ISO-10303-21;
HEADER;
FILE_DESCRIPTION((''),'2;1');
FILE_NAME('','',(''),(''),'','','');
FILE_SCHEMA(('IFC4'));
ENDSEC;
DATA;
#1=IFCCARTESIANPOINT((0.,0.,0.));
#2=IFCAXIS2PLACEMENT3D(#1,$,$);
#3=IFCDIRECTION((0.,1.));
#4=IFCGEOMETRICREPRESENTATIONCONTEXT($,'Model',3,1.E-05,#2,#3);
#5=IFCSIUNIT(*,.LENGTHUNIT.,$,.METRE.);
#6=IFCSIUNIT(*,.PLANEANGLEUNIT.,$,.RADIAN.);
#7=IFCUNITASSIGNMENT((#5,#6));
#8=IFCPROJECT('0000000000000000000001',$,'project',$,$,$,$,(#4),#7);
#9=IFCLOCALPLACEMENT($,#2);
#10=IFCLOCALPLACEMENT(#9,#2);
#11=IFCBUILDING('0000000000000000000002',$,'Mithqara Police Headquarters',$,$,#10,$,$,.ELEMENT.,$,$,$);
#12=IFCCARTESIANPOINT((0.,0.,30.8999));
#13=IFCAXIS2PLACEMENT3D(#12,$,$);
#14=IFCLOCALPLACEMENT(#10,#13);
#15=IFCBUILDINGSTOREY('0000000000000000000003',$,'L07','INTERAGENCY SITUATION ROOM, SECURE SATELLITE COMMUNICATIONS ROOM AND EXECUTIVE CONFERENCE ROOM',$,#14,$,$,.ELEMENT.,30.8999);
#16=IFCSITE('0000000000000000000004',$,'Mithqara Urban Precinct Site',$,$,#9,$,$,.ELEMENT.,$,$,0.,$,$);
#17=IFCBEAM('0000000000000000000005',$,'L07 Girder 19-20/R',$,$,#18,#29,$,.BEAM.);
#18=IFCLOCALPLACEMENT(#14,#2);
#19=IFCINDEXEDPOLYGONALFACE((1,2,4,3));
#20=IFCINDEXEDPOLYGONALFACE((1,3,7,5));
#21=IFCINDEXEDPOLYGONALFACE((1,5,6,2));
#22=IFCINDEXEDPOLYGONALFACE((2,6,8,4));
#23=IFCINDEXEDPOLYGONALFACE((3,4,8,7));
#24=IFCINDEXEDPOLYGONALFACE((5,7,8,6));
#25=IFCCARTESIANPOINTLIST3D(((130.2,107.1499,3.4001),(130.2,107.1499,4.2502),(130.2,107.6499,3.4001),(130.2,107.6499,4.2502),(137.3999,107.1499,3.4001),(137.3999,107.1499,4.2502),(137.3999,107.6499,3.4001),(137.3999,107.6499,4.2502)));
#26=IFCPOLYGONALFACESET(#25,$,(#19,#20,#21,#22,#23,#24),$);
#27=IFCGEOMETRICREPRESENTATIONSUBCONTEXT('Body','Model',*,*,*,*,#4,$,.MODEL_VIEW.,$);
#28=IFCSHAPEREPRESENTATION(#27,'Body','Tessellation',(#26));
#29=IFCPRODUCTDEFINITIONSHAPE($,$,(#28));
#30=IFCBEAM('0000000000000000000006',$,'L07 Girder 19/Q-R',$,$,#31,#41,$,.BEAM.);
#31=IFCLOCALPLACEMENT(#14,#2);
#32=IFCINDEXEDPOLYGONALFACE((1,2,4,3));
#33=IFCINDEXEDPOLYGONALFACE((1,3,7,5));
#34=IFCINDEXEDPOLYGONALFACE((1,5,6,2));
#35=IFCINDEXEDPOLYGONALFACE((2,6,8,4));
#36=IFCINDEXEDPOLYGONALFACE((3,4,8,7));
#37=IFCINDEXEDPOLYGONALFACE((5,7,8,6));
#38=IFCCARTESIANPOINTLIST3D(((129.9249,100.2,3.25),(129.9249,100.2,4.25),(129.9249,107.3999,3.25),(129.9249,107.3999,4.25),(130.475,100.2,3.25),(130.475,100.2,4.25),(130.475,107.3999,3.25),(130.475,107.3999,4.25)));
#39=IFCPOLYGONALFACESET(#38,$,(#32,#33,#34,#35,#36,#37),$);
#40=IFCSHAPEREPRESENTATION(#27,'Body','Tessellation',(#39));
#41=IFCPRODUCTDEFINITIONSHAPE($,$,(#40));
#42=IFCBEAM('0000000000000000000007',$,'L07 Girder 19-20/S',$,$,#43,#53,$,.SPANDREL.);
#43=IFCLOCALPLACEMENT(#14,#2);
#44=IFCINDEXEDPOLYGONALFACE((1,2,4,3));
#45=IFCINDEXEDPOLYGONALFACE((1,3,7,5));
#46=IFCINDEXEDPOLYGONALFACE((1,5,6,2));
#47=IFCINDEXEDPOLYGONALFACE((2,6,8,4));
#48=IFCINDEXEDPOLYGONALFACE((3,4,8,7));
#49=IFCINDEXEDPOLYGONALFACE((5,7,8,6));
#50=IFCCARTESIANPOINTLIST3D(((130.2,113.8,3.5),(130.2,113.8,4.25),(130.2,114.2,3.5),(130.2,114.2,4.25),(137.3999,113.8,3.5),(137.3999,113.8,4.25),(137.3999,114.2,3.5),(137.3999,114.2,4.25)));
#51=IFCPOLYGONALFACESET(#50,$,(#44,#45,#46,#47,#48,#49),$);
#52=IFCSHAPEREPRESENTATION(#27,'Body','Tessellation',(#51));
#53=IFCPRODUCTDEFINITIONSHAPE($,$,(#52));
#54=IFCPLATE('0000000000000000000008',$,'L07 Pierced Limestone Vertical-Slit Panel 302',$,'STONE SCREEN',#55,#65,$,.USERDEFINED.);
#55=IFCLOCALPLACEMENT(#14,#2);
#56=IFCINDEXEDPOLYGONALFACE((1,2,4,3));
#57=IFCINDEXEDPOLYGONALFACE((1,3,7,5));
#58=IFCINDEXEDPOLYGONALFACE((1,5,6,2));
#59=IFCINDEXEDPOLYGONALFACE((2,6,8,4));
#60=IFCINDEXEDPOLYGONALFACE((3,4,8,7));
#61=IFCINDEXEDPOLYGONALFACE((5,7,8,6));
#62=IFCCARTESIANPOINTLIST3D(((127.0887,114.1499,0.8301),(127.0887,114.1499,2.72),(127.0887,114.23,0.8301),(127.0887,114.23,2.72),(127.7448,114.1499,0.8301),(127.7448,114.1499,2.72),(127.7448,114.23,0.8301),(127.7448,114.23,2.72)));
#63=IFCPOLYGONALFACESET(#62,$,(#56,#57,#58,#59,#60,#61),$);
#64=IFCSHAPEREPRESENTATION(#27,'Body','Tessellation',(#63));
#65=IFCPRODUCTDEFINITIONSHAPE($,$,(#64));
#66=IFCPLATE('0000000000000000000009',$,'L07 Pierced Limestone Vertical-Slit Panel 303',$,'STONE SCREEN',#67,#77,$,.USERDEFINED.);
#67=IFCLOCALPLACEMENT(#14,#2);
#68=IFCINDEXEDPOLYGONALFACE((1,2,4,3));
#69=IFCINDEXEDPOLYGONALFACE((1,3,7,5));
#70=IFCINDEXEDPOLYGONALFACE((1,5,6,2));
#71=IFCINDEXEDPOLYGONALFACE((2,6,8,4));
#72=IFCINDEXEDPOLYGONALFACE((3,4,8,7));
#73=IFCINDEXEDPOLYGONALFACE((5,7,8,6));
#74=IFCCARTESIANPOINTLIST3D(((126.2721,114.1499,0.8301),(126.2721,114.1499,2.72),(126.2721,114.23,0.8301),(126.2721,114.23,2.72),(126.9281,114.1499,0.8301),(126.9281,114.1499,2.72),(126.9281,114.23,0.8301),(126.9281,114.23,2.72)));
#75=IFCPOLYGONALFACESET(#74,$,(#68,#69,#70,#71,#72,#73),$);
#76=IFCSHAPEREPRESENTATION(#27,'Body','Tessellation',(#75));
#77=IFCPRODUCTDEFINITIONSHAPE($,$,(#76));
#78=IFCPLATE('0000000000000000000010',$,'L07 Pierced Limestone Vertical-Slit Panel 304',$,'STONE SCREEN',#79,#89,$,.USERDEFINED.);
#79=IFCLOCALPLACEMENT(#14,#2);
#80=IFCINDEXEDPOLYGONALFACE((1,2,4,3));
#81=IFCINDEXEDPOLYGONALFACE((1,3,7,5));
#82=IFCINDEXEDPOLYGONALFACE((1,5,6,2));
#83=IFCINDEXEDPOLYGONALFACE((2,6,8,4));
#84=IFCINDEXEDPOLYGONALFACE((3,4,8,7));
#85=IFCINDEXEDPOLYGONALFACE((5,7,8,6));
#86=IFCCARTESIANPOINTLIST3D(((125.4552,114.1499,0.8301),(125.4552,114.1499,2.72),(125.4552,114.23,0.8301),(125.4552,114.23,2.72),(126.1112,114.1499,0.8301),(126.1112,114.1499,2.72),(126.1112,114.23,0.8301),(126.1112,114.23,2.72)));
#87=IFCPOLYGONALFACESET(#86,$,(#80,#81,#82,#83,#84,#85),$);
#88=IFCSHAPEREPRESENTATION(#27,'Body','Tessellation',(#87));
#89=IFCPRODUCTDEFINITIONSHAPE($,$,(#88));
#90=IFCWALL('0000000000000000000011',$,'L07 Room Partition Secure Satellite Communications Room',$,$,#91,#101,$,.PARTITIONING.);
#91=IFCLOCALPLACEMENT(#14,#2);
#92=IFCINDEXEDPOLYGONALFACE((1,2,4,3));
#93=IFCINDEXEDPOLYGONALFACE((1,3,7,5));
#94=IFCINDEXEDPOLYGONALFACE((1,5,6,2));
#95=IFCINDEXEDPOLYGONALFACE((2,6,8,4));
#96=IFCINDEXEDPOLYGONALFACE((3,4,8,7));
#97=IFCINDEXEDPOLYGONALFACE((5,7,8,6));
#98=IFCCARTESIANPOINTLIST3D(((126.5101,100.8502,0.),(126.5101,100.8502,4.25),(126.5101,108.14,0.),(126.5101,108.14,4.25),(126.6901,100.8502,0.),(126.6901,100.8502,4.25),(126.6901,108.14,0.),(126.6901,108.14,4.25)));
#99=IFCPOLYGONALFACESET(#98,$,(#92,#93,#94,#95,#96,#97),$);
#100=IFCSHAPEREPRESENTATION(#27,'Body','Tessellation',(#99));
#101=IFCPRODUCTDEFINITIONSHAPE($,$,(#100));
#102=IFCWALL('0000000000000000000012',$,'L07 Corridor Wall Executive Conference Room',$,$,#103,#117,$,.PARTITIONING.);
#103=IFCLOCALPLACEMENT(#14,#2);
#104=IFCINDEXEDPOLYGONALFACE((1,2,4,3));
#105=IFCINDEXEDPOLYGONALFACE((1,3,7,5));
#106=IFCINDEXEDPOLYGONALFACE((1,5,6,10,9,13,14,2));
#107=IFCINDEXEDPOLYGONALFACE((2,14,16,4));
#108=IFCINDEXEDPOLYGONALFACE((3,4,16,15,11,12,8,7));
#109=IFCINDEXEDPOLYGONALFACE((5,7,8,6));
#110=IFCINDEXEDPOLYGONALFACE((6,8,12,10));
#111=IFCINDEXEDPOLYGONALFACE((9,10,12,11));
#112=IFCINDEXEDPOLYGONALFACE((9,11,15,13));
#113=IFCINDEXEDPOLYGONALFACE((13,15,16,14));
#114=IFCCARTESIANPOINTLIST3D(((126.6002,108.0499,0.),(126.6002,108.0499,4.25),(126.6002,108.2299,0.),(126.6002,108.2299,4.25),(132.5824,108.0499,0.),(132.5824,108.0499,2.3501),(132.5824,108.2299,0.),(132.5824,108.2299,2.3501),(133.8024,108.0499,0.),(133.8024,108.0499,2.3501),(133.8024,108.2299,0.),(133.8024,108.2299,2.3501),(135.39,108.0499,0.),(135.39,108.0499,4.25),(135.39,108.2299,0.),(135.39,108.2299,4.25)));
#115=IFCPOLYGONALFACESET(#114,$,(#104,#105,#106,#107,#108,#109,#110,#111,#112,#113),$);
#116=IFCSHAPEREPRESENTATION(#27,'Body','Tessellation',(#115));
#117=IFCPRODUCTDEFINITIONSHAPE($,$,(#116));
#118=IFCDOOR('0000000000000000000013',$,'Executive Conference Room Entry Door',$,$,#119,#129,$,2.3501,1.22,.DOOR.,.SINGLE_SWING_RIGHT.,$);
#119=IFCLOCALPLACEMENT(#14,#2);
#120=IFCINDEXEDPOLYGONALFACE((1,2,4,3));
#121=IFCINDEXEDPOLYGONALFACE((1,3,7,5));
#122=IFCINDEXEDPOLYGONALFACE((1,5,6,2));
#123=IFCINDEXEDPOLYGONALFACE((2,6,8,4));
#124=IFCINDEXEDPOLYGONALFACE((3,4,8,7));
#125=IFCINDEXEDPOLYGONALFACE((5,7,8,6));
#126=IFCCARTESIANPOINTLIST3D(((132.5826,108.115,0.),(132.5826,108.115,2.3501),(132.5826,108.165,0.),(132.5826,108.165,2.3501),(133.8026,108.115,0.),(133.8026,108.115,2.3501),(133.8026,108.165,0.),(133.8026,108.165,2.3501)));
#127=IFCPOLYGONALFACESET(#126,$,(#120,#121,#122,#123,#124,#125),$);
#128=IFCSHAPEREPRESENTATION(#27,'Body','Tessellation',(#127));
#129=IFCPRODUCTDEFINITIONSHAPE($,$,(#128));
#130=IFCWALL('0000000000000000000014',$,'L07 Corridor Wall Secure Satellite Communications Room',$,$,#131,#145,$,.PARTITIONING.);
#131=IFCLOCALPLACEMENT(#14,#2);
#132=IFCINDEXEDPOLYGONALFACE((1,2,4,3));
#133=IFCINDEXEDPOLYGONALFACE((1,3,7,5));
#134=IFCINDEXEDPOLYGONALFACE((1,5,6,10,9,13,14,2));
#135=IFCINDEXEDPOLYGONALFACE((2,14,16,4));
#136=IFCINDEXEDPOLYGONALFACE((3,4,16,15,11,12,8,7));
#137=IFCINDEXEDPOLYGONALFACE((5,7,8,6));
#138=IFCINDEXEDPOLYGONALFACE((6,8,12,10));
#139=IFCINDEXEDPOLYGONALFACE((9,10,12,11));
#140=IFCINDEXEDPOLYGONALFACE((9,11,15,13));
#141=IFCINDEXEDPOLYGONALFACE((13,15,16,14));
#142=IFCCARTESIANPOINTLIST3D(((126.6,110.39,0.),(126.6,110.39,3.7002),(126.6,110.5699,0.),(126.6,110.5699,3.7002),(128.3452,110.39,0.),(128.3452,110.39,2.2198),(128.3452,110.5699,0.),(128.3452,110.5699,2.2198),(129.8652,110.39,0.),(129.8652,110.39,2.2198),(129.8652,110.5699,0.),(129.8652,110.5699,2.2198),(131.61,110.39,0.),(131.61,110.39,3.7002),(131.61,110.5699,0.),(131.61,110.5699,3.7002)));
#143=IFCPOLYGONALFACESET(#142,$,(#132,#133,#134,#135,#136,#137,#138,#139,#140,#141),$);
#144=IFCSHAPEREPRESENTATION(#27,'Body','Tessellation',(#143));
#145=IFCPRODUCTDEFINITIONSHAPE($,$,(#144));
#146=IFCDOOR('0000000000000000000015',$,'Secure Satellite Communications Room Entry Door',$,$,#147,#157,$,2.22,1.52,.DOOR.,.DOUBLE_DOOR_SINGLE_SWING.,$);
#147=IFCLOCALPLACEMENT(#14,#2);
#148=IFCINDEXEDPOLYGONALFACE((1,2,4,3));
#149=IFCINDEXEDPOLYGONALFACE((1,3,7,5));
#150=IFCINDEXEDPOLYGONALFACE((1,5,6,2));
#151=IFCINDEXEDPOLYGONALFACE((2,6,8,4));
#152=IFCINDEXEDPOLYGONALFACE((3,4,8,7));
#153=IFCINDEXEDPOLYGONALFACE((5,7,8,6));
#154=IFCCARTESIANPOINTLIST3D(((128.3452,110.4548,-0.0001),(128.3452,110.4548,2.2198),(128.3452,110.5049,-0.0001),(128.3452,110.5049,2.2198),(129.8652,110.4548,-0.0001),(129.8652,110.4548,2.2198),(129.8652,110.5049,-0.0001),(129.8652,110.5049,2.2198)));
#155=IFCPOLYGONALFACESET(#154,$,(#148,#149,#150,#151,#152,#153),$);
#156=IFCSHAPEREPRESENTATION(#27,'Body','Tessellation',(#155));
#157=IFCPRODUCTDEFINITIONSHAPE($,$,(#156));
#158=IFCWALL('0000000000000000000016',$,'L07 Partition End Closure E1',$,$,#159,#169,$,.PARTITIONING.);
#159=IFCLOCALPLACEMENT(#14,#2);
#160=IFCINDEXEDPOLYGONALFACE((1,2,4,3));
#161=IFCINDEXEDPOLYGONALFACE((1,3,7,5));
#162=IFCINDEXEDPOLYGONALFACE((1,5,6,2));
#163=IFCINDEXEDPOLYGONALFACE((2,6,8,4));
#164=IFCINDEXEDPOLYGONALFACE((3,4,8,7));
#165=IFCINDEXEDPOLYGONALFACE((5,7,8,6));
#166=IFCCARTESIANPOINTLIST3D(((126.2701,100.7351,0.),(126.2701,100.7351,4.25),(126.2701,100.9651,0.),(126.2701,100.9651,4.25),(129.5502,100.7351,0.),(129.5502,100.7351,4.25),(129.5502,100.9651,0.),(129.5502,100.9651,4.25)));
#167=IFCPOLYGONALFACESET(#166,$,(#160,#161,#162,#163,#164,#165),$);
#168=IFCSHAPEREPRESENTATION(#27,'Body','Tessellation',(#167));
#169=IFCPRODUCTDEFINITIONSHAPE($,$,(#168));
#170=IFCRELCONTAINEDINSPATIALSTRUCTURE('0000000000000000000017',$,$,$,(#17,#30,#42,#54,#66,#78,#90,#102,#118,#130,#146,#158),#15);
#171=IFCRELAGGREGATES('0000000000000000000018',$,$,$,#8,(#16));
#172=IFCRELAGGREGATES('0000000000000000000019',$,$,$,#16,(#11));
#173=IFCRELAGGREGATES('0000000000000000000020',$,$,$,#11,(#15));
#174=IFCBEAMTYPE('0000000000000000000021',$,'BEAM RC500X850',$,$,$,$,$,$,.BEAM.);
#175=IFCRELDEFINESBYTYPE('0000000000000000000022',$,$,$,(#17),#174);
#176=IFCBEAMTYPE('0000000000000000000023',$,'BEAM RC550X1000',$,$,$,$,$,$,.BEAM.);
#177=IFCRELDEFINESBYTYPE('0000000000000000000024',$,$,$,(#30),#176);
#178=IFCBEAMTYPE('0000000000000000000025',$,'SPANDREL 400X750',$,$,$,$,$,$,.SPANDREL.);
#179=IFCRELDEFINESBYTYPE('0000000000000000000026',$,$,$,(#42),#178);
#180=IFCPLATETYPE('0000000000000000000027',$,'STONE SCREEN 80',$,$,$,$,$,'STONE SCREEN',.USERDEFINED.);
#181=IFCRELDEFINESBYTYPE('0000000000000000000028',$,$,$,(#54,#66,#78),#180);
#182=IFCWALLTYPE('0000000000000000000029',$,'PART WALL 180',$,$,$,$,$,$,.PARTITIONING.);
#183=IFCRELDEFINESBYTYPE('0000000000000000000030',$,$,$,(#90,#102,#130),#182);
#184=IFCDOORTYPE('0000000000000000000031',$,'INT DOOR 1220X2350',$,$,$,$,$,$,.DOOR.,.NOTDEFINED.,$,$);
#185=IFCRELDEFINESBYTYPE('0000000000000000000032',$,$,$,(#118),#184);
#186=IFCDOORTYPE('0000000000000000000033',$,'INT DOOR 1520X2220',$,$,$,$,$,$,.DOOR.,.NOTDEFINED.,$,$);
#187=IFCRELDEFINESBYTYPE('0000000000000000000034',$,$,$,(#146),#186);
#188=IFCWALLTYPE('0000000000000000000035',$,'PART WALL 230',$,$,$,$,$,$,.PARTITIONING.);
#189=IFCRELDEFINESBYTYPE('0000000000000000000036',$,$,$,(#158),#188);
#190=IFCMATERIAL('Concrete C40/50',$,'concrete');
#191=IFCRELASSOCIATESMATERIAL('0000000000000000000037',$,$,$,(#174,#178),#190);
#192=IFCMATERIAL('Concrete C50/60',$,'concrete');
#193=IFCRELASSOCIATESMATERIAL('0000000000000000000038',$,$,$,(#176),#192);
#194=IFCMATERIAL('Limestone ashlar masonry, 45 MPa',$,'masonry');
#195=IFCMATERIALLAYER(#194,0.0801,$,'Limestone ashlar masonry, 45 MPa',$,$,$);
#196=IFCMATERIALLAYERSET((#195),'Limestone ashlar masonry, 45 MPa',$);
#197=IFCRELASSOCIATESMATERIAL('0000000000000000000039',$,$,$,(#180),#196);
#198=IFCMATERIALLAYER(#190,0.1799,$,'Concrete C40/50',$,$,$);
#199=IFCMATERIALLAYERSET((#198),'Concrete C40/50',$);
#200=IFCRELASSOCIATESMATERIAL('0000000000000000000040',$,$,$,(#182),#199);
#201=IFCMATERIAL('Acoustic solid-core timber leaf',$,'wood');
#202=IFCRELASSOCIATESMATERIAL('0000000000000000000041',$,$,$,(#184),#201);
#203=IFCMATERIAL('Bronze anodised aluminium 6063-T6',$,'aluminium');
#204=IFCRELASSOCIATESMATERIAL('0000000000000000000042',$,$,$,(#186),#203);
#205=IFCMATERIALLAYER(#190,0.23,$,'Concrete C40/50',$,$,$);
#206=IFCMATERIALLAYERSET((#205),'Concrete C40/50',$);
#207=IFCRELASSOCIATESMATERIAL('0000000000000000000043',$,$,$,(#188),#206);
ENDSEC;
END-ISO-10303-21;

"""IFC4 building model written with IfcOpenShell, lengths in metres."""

from ifc_helpers import new_model, si_unit, direction, frame, frame_2d, origin, origin_2d, place, context, subcontext, project, spatial, rectangle, extrude, material, layer, layer_set, material_profile, profile_set, type_object, element, fill, save


model = new_model("IFC4")

# Units and contexts
model_context = context("Model", 3, precision=1e-05, world=origin(), true_north=direction((0.0, 1.0)))
body_context = subcontext(model_context, "Body", "Model", "MODEL_VIEW")
ifc_project = project(units=[si_unit("LENGTHUNIT", "METRE"), si_unit("PLANEANGLEUNIT", "RADIAN")], contexts=[model_context])

# Site, building, storey
site_placement = place(None, origin())
site = spatial("IfcSite", under=ifc_project, at=site_placement, Name="Mithqara Urban Precinct Site", CompositionType="ELEMENT", RefElevation=0.0)
building_placement = place(site_placement, origin())
building = spatial("IfcBuilding", under=site, at=building_placement, Name="Mithqara Police Headquarters", CompositionType="ELEMENT")
storey_placement = place(building_placement, frame((0.0, 0.0, 30.8999)))
storey = spatial("IfcBuildingStorey", under=building, at=storey_placement, Name="L07", Description="INTERAGENCY SITUATION ROOM, SECURE SATELLITE COMMUNICATIONS ROOM AND EXECUTIVE CONFERENCE ROOM", CompositionType="ELEMENT", Elevation=30.8999)

# Shared definitions
ifc_material_1 = material(Name="Concrete C50/60", Category="concrete")

# Beams
ifc_material_2 = material(Name="Concrete C40/50", Category="concrete")
ifc_material_profile_1 = material_profile(ifc_material_2, rectangle(XDim=0.5, YDim=0.8501, at=origin_2d()), Name="RC 500x850")
ifc_profile_set_1 = profile_set([ifc_material_profile_1], Name="Concrete C40/50")
beam_type_1 = type_object("IfcBeamType", Name="BEAM RC500X850", PredefinedType="BEAM", material=ifc_profile_set_1)
beam_1_placement = place(storey_placement, frame((130.2, 107.3999, 3.8252), z_axis=(1.0, 0.0, 0.0), x_axis=(0.0, 1.0, 0.0)))
element("IfcBeam", 1, at=beam_1_placement, inside=storey, type_object=beam_type_1, Name="L07 Girder 19-20/R", PredefinedType="BEAM", context=body_context, shape_type="SweptSolid", body=[
    extrude(rectangle(XDim=0.5, YDim=0.8501, at=origin_2d()), origin(), (0.0, 0.0, 1.0), 7.2),
])
ifc_material_profile_2 = material_profile(ifc_material_1, rectangle(XDim=0.55, YDim=1.0, at=origin_2d()), Name="RC 550x1000")
ifc_profile_set_2 = profile_set([ifc_material_profile_2], Name="Concrete C50/60")
beam_type_2 = type_object("IfcBeamType", Name="BEAM RC550X1000", PredefinedType="BEAM", material=ifc_profile_set_2)
beam_2_placement = place(storey_placement, frame((130.2, 100.2, 3.75), z_axis=(0.0, 1.0, 0.0), x_axis=(-1.0, 0.0, 0.0)))
element("IfcBeam", 2, at=beam_2_placement, inside=storey, type_object=beam_type_2, Name="L07 Girder 19/Q-R", PredefinedType="BEAM", context=body_context, shape_type="SweptSolid", body=[
    extrude(rectangle(XDim=0.55, YDim=1.0, at=origin_2d()), origin(), (0.0, 0.0, 1.0), 7.2),
])
ifc_material_profile_3 = material_profile(ifc_material_2, rectangle(XDim=0.3999, YDim=0.75, at=origin_2d()), Name="SPB 400x750")
ifc_profile_set_3 = profile_set([ifc_material_profile_3], Name="Concrete C40/50")
beam_type_3 = type_object("IfcBeamType", Name="SPANDREL 400X750", PredefinedType="SPANDREL", material=ifc_profile_set_3)
beam_3_placement = place(storey_placement, frame((130.2, 114.0, 3.875), z_axis=(1.0, 0.0, 0.0), x_axis=(0.0, 1.0, 0.0)))
element("IfcBeam", 3, at=beam_3_placement, inside=storey, type_object=beam_type_3, Name="L07 Girder 19-20/S", PredefinedType="SPANDREL", context=body_context, shape_type="SweptSolid", body=[
    extrude(rectangle(XDim=0.3999, YDim=0.75, at=origin_2d()), origin(), (0.0, 0.0, 1.0), 7.2),
])

# Plates
ifc_material_3 = material(Name="Limestone ashlar masonry, 45 MPa", Category="masonry")
ifc_layer_1 = layer(ifc_material_3, 0.0801, Name="Limestone ashlar masonry, 45 MPa")
ifc_layer_set_1 = layer_set([ifc_layer_1], Name="Limestone ashlar masonry, 45 MPa")
plate_type = type_object("IfcPlateType", Name="STONE SCREEN 80", ElementType="STONE SCREEN", PredefinedType="USERDEFINED", material=ifc_layer_set_1)
for number, where, z_axis, x_axis, name in (
    (4, (127.4167, 114.1899, 0.8301), (0.0, 0.0, 1.0), (1.0, 0.0, 0.0), "L07 Pierced Limestone Vertical-Slit Panel 302"),
    (5, (126.6001, 114.1899, 0.8301), (0.0, 0.0, 1.0), (1.0, 0.0, 0.0), "L07 Pierced Limestone Vertical-Slit Panel 303"),
    (6, (125.7832, 114.1899, 0.8301), (0.0, 0.0, 1.0), (1.0, 0.0, 0.0), "L07 Pierced Limestone Vertical-Slit Panel 304"),
):
    element("IfcPlate", number, at=place(storey_placement, frame(where, z_axis=z_axis, x_axis=x_axis)), inside=storey, type_object=plate_type, Name=name, ObjectType="STONE SCREEN", PredefinedType="USERDEFINED", context=body_context, shape_type="SweptSolid", body=[
        extrude(rectangle(XDim=0.656, YDim=0.0801, at=origin_2d()), origin(), (0.0, 0.0, 1.0), 1.8899),
    ])

# Wall
ifc_layer_2 = layer(ifc_material_2, 0.1799, Name="Concrete C40/50")
ifc_layer_set_2 = layer_set([ifc_layer_2], Name="Concrete C40/50")
wall_type_1 = type_object("IfcWallType", Name="PART WALL 180", PredefinedType="PARTITIONING", material=ifc_layer_set_2)
wall_1_placement = place(storey_placement, frame((126.6001, 100.8501, 0.0), z_axis=(0.0, 0.0, 1.0), x_axis=(0.0, 1.0, 0.0)))
element("IfcWall", 7, at=wall_1_placement, inside=storey, type_object=wall_type_1, Name="L07 Room Partition Secure Satellite Communications Room", PredefinedType="PARTITIONING", context=body_context, shape_type="SweptSolid", body=[
    extrude(rectangle(XDim=7.2898, YDim=0.1799, at=frame_2d((3.645, 0.0))), origin(), (0.0, 0.0, 1.0), 4.25),
])

# Walls, openings, doors
wall_2_placement = place(storey_placement, frame((126.6001, 108.1399, 0.0), z_axis=(0.0, 0.0, 1.0), x_axis=(1.0, 0.0, 0.0)))
wall_2 = element("IfcWall", 8, at=wall_2_placement, inside=storey, type_object=wall_type_1, Name="L07 Corridor Wall Executive Conference Room", PredefinedType="PARTITIONING", context=body_context, shape_type="SweptSolid", body=[
    extrude(rectangle(XDim=8.7898, YDim=0.1799, at=frame_2d((4.395, 0.0))), origin(), (0.0, 0.0, 1.0), 4.25),
])
opening_1_placement = place(wall_2_placement, frame((5.9824, 0.0, 0.0)))
opening_1 = element("IfcOpeningElement", 9, at=opening_1_placement, cuts=wall_2, PredefinedType="OPENING", context=body_context, shape_type="SweptSolid", body=[
    extrude(rectangle(XDim=1.22, YDim=2.3501, at=frame_2d((0.6099, 1.175))), frame((0.0, 0.1001, 0.0), z_axis=(0.0, -1.0, 0.0), x_axis=(1.0, 0.0, 0.0)), (0.0, 0.0, 1.0), 0.2),
])
ifc_material_4 = material(Name="Acoustic solid-core timber leaf", Category="wood")
door_type_1 = type_object("IfcDoorType", Name="INT DOOR 1220X2350", OperationType="NOTDEFINED", PredefinedType="DOOR", material=ifc_material_4)
door_1_placement = place(opening_1_placement, frame((1.22, 0.0, 0.0), z_axis=(0.0, 0.0, 1.0), x_axis=(-1.0, 0.0, 0.0)))
door_1 = element("IfcDoor", 10, at=door_1_placement, inside=storey, type_object=door_type_1, Name="Executive Conference Room Entry Door", OperationType="SINGLE_SWING_RIGHT", OverallHeight=2.3501, OverallWidth=1.22, PredefinedType="DOOR", context=body_context, shape_type="SweptSolid", body=[
    extrude(rectangle(XDim=1.22, YDim=2.3501, at=frame_2d((0.6099, 1.175))), frame((0.0, 0.0249, 0.0), z_axis=(0.0, -1.0, 0.0), x_axis=(1.0, 0.0, 0.0)), (0.0, 0.0, 1.0), 0.05),
])
fill(opening_1, door_1)
wall_3_placement = place(storey_placement, frame((126.6001, 110.48, 0.0), z_axis=(0.0, 0.0, 1.0), x_axis=(1.0, 0.0, 0.0)))
wall_3 = element("IfcWall", 11, at=wall_3_placement, inside=storey, type_object=wall_type_1, Name="L07 Corridor Wall Secure Satellite Communications Room", PredefinedType="PARTITIONING", context=body_context, shape_type="SweptSolid", body=[
    extrude(rectangle(XDim=5.01, YDim=0.1799, at=frame_2d((2.5049, 0.0))), origin(), (0.0, 0.0, 1.0), 3.7002),
])
opening_2_placement = place(wall_3_placement, frame((1.7451, 0.0, 0.0)))
opening_2 = element("IfcOpeningElement", 12, at=opening_2_placement, cuts=wall_3, PredefinedType="OPENING", context=body_context, shape_type="SweptSolid", body=[
    extrude(rectangle(XDim=1.52, YDim=2.22, at=frame_2d((0.76, 1.1099))), frame((0.0, 0.1001, 0.0), z_axis=(0.0, -1.0, 0.0), x_axis=(1.0, 0.0, 0.0)), (0.0, 0.0, 1.0), 0.2),
])
ifc_material_5 = material(Name="Bronze anodised aluminium 6063-T6", Category="aluminium")
door_type_2 = type_object("IfcDoorType", Name="INT DOOR 1520X2220", OperationType="NOTDEFINED", PredefinedType="DOOR", material=ifc_material_5)
door_2_placement = place(opening_2_placement, origin())
door_2 = element("IfcDoor", 13, at=door_2_placement, inside=storey, type_object=door_type_2, Name="Secure Satellite Communications Room Entry Door", OperationType="DOUBLE_DOOR_SINGLE_SWING", OverallHeight=2.22, OverallWidth=1.52, PredefinedType="DOOR", context=body_context, shape_type="SweptSolid", body=[
    extrude(rectangle(XDim=1.52, YDim=2.22, at=frame_2d((0.76, 1.1099))), frame((0.0, 0.0249, 0.0), z_axis=(0.0, -1.0, 0.0), x_axis=(1.0, 0.0, 0.0)), (0.0, 0.0, 1.0), 0.05),
])
fill(opening_2, door_2)

# Wall
ifc_layer_3 = layer(ifc_material_2, 0.23, Name="Concrete C40/50")
ifc_layer_set_3 = layer_set([ifc_layer_3], Name="Concrete C40/50")
wall_type_2 = type_object("IfcWallType", Name="PART WALL 230", PredefinedType="PARTITIONING", material=ifc_layer_set_3)
wall_4_placement = place(storey_placement, frame((126.27, 100.8501, 0.0), z_axis=(0.0, 0.0, 1.0), x_axis=(1.0, 0.0, 0.0)))
element("IfcWall", 14, at=wall_4_placement, inside=storey, type_object=wall_type_2, Name="L07 Partition End Closure E1", PredefinedType="PARTITIONING", context=body_context, shape_type="SweptSolid", body=[
    extrude(rectangle(XDim=3.28, YDim=0.23, at=frame_2d((1.6401, 0.0))), origin(), (0.0, 0.0, 1.0), 4.25),
])

save(model, "model.ifc")
